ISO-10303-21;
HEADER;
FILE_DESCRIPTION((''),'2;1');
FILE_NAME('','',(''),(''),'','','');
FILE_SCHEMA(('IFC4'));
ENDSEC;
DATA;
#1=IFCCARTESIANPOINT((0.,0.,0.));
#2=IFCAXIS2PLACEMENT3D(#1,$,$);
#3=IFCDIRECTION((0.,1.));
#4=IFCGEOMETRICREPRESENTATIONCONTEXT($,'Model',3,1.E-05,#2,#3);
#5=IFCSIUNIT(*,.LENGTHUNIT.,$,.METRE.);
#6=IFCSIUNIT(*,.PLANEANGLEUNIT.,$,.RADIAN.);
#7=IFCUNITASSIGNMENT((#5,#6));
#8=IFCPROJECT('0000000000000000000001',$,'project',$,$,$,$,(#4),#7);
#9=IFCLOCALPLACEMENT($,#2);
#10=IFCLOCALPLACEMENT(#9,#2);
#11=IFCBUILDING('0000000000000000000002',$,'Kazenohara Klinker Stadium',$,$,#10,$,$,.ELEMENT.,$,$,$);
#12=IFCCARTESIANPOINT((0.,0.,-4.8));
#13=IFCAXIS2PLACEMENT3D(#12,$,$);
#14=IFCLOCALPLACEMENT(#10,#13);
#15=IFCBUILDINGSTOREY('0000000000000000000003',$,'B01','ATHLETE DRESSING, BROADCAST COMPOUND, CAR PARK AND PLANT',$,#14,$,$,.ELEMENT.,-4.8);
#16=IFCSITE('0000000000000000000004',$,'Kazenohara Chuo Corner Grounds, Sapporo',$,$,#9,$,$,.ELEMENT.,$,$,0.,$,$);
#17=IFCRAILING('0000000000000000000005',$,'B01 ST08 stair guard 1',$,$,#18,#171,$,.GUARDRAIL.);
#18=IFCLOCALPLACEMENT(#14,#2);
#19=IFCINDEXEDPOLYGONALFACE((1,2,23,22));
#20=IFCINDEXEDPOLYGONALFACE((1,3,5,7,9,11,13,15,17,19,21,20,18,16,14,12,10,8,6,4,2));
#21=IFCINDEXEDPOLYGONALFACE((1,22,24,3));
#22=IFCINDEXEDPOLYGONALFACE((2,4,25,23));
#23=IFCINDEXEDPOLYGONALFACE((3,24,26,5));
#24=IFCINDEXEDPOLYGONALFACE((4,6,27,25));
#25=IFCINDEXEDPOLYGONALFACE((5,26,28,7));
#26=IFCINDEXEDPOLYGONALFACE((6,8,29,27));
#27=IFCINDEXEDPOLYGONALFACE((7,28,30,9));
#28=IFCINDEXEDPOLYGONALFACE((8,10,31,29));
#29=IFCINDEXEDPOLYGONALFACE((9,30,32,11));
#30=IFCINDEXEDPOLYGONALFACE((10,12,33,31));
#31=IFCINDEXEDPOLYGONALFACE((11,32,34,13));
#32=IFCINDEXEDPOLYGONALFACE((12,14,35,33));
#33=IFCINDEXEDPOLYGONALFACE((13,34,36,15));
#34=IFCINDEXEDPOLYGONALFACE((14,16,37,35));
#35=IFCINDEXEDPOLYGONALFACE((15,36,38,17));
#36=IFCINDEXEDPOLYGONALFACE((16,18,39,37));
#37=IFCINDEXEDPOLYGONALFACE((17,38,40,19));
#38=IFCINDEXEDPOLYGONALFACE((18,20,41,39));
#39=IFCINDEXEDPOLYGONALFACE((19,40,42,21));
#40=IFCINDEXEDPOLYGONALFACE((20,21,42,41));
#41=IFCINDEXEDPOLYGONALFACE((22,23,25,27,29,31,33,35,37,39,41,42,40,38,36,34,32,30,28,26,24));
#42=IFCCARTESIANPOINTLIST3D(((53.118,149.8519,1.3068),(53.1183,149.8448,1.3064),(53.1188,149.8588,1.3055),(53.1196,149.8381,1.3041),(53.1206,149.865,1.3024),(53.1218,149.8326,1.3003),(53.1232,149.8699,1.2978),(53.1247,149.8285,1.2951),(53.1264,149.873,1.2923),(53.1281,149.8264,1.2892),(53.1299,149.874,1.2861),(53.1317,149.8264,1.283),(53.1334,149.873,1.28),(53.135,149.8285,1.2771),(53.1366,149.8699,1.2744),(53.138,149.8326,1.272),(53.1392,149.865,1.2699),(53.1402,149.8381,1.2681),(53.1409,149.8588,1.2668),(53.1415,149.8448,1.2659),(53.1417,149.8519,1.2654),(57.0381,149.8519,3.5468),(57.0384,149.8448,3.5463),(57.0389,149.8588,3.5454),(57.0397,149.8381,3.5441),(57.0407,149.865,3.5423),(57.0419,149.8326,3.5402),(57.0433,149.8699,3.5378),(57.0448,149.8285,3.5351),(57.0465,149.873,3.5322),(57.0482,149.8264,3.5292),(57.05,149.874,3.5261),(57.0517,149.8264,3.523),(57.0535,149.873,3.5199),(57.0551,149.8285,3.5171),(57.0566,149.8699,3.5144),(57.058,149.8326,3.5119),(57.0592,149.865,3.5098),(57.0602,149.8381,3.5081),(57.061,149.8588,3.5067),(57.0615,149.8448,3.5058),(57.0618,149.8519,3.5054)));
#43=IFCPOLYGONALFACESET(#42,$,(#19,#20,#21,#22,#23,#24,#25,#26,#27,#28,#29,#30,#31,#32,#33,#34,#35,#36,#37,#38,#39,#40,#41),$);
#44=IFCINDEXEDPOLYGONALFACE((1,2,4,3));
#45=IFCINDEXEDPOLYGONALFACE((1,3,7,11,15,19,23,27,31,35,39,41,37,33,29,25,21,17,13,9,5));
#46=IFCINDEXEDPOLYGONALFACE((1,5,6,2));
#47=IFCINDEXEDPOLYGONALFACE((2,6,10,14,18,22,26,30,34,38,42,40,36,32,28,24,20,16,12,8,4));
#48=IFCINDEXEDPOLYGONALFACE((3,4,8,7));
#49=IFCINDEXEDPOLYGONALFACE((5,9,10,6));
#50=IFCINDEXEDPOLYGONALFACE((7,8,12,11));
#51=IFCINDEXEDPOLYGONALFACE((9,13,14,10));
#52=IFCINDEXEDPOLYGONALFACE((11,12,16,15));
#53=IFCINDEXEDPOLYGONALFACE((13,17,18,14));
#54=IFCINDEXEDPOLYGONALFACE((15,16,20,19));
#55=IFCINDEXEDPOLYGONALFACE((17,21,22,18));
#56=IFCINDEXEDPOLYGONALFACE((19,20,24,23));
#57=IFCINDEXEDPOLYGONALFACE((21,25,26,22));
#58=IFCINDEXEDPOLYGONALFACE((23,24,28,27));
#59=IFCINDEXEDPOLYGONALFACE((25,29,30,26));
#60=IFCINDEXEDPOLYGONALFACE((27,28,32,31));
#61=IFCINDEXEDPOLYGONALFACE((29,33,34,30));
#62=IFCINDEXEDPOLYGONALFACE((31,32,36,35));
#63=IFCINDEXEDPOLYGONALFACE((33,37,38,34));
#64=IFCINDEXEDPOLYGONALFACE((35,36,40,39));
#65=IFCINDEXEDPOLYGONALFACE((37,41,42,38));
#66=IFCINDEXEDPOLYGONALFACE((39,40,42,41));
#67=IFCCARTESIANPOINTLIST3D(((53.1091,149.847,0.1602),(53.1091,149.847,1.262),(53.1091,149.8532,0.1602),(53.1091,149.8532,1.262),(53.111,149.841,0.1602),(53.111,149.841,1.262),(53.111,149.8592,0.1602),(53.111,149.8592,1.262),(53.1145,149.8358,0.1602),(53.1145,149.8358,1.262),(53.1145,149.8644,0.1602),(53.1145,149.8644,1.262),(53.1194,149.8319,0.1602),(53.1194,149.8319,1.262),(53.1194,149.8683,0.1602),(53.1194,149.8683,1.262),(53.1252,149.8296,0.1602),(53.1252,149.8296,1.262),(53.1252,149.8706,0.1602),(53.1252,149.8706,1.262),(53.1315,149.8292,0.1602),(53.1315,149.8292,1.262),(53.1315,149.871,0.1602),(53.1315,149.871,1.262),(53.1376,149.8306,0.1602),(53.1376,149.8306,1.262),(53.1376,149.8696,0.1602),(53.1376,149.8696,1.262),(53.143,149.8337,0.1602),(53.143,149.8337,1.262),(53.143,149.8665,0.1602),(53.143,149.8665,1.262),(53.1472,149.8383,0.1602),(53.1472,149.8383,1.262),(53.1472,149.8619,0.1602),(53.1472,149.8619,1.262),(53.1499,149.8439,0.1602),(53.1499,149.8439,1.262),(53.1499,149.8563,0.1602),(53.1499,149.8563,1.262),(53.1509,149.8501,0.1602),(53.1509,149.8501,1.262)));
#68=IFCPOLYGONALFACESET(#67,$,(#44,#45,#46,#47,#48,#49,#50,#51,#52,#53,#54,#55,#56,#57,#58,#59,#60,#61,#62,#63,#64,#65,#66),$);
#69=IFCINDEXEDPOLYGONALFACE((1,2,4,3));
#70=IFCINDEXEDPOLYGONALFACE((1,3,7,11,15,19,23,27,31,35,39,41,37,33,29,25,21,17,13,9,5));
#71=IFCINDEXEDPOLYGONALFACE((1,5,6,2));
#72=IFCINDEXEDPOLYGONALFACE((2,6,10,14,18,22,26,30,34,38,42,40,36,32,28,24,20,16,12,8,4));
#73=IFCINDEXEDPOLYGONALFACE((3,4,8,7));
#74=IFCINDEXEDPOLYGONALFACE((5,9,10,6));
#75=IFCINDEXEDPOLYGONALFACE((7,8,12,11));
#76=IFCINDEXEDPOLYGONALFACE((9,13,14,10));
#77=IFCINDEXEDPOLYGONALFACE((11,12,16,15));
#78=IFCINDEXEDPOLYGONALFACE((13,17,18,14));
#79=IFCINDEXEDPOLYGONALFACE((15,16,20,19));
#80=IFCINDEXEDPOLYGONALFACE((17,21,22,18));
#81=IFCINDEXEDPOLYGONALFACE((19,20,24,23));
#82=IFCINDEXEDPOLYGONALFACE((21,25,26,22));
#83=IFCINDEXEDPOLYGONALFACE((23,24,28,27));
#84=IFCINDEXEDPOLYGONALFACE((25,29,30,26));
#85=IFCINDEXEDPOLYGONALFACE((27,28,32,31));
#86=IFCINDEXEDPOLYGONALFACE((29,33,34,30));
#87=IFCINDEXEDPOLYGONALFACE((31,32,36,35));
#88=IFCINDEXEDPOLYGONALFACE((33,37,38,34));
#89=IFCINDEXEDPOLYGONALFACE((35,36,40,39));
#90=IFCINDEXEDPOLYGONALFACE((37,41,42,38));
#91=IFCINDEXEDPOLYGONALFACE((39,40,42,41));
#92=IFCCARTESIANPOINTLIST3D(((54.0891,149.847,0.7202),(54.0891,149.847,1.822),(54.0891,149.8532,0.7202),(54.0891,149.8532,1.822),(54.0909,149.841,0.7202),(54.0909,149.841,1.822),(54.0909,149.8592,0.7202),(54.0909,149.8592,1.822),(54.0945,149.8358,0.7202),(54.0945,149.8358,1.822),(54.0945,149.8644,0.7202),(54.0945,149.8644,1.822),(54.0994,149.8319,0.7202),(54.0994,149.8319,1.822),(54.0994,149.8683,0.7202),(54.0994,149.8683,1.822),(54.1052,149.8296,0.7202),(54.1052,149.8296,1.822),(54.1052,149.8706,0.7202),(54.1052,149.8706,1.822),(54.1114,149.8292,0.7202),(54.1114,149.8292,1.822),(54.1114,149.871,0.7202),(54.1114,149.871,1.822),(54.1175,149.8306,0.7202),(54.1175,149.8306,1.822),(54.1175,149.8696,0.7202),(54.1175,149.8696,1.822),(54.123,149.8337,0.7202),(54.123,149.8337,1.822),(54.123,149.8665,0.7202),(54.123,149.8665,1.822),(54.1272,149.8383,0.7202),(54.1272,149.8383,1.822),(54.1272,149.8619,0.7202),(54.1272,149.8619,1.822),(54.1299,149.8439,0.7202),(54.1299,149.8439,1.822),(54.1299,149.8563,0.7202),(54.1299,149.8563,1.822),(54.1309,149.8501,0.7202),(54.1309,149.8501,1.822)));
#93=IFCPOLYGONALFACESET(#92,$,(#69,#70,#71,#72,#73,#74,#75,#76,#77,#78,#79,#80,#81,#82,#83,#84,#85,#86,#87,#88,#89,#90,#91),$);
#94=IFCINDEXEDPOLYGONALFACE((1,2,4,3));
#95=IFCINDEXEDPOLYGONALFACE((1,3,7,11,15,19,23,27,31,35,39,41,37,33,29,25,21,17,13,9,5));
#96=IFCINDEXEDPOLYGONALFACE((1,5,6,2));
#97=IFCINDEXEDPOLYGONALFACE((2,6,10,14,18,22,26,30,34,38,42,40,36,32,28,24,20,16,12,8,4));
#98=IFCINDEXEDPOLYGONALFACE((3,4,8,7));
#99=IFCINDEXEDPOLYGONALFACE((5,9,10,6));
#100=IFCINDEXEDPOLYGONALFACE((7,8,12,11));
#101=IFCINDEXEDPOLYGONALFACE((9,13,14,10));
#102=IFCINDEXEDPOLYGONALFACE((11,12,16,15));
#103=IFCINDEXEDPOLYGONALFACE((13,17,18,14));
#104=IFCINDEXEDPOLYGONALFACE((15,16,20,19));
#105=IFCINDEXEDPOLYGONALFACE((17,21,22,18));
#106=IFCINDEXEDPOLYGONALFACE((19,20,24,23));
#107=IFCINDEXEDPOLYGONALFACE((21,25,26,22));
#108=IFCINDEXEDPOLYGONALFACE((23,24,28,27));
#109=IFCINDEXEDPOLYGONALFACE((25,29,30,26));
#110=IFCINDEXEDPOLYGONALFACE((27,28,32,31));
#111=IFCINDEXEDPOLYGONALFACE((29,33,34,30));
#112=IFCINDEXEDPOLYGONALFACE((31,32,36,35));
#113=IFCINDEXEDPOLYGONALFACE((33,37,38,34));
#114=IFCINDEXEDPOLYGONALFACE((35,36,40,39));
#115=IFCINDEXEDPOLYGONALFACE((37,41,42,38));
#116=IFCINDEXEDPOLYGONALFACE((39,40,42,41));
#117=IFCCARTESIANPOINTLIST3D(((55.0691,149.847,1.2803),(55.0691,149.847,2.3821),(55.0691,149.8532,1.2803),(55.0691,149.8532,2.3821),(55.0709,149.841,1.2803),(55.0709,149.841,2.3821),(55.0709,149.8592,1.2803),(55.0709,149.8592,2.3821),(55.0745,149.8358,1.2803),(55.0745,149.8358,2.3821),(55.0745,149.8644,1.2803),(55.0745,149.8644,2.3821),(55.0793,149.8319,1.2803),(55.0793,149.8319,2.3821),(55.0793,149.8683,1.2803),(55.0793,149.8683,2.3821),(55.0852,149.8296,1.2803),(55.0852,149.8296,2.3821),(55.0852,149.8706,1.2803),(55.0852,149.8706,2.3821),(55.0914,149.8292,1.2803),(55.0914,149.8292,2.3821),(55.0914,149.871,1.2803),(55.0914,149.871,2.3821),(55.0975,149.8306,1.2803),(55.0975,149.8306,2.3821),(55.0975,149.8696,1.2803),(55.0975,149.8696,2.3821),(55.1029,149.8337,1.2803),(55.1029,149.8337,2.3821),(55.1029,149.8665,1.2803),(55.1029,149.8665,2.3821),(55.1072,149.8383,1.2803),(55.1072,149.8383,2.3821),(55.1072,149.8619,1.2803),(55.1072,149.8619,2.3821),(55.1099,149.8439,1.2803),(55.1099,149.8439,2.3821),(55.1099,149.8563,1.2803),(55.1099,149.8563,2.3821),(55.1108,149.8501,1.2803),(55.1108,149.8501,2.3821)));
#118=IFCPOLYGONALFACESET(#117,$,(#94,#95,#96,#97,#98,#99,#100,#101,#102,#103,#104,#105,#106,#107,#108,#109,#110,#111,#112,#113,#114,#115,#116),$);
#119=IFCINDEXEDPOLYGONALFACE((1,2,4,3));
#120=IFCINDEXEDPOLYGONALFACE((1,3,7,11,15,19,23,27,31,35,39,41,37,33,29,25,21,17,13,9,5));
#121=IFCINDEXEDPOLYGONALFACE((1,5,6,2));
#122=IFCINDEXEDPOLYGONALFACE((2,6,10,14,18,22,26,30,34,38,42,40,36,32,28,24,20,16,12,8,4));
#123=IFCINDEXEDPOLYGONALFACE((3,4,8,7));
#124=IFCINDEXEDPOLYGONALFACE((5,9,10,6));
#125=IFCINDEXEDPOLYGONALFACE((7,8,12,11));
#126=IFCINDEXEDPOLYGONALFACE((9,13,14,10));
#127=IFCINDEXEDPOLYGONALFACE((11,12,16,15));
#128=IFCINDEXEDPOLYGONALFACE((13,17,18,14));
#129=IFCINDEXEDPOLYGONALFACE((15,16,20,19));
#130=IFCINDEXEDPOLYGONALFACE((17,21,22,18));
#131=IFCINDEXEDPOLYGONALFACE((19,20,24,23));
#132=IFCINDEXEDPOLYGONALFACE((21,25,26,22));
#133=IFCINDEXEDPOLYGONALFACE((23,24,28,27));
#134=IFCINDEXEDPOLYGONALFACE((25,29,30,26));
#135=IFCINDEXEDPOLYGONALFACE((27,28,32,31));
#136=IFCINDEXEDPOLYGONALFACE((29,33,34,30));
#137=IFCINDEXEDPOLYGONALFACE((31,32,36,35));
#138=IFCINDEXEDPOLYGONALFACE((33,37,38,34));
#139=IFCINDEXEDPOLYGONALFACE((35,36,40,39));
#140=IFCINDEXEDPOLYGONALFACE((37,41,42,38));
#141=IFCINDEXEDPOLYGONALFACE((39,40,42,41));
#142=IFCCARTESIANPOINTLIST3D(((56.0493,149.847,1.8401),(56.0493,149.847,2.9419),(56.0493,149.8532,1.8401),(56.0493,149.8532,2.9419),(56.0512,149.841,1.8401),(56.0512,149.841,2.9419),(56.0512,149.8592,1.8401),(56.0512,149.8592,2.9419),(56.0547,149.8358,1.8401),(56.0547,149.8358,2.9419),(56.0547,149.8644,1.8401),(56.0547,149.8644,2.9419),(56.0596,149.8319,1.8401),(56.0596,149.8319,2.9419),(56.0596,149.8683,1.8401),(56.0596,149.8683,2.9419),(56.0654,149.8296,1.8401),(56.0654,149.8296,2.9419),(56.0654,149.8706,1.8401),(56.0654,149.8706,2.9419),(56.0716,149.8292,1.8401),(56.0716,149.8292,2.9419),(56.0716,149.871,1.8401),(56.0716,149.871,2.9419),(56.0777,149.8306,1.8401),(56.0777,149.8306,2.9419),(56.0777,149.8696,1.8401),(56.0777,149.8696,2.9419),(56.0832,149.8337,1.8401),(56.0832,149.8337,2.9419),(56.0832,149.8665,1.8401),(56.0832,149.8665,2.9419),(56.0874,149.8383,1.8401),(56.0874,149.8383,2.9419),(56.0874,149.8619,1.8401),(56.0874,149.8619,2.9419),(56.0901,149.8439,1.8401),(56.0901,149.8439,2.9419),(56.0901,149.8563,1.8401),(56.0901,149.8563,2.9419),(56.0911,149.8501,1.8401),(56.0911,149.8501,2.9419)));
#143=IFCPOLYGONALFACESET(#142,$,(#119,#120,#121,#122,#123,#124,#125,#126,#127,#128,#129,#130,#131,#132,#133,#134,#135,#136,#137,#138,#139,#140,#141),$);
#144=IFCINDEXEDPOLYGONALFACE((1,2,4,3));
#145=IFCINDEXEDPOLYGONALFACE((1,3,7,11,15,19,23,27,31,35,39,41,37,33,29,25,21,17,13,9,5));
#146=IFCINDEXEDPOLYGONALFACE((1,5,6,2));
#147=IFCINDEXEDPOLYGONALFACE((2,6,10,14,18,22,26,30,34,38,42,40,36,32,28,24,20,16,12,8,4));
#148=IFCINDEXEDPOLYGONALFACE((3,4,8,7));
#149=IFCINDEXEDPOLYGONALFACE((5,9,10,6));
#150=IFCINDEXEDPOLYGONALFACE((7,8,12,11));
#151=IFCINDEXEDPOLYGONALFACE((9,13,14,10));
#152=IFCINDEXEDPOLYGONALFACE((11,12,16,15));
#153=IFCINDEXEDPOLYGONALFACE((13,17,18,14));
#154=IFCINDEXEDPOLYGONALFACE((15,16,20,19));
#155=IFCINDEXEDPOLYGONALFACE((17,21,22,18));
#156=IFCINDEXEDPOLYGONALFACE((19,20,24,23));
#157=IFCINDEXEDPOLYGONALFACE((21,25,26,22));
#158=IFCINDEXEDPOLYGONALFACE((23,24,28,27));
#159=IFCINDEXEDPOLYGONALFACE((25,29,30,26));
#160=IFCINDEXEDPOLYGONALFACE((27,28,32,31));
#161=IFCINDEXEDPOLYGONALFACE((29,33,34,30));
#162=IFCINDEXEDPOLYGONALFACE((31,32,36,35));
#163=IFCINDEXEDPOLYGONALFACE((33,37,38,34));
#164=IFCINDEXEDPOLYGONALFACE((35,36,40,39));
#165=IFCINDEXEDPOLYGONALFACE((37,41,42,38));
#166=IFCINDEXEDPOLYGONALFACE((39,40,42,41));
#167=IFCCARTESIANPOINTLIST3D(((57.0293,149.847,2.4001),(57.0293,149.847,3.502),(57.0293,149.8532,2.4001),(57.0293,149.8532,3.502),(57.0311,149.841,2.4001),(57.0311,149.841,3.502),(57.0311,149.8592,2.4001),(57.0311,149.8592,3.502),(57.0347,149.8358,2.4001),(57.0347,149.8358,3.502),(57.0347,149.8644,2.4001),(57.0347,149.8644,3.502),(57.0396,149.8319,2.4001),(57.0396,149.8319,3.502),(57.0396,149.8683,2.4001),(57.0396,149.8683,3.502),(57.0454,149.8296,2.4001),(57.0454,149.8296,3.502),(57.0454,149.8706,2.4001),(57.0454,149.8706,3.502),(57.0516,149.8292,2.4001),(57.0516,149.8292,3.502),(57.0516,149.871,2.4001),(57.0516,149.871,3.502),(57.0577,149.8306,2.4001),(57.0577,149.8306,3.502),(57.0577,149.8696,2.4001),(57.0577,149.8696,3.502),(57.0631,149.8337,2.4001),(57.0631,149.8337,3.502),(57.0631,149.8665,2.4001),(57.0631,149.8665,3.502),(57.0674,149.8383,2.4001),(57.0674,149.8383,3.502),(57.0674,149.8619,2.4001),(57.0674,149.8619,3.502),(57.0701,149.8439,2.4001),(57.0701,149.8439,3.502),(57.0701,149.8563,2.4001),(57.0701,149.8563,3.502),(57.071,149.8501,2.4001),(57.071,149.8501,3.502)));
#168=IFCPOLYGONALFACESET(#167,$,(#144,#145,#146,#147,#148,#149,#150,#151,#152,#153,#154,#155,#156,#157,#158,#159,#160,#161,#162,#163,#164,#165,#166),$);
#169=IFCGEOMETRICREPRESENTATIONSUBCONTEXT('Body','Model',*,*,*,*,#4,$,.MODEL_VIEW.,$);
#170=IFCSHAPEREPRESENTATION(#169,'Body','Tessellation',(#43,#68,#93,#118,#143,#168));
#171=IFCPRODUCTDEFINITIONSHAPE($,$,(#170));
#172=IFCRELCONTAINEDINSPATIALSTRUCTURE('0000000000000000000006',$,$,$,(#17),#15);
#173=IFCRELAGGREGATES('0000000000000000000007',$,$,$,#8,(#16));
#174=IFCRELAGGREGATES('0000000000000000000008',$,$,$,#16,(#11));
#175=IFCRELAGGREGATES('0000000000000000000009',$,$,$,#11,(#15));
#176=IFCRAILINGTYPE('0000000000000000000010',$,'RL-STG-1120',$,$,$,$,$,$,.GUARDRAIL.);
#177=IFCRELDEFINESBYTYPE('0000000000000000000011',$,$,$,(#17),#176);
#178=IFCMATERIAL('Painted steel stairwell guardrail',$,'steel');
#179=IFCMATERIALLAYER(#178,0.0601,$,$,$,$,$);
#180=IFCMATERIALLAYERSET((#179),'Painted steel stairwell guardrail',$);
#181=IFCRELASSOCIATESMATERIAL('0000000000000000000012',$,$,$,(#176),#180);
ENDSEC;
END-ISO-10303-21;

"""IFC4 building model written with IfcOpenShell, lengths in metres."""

from ifc_helpers import new_model, si_unit, direction, frame, origin, origin_2d, place, context, subcontext, project, spatial, circle, extrude, material, layer, layer_set, type_object, element, save


model = new_model("IFC4")

# Units and contexts
model_context = context("Model", 3, precision=1e-05, world=origin(), true_north=direction((0.0, 1.0)))
body_context = subcontext(model_context, "Body", "Model", "MODEL_VIEW")
ifc_project = project(units=[si_unit("LENGTHUNIT", "METRE"), si_unit("PLANEANGLEUNIT", "RADIAN")], contexts=[model_context])

# Site, building, storey
site_placement = place(None, origin())
site = spatial("IfcSite", under=ifc_project, at=site_placement, Name="Kazenohara Chuo Corner Grounds, Sapporo", CompositionType="ELEMENT", RefElevation=0.0)
building_placement = place(site_placement, origin())
building = spatial("IfcBuilding", under=site, at=building_placement, Name="Kazenohara Klinker Stadium", CompositionType="ELEMENT")
storey_placement = place(building_placement, frame((0.0, 0.0, -4.8)))
storey = spatial("IfcBuildingStorey", under=building, at=storey_placement, Name="B01", Description="ATHLETE DRESSING, BROADCAST COMPOUND, CAR PARK AND PLANT", CompositionType="ELEMENT", Elevation=-4.8)

# Railing
ifc_material_1 = material(Name="Painted steel stairwell guardrail", Category="steel")
ifc_layer_1 = layer(ifc_material_1, 0.0601)
ifc_layer_set_1 = layer_set([ifc_layer_1], Name="Painted steel stairwell guardrail")
railing_type_1 = type_object("IfcRailingType", Name="RL-STG-1120", PredefinedType="GUARDRAIL", material=ifc_layer_set_1)
railing_1_placement = place(storey_placement, frame((53.1299, 149.8501, 0.1602)))
element("IfcRailing", 1, at=railing_1_placement, inside=storey, type_object=railing_type_1, Name="B01 ST08 stair guard 1", PredefinedType="GUARDRAIL", context=body_context, shape_type="SweptSolid", body=[
    extrude(circle(Radius=0.0239, at=origin_2d()), frame((0.0, 0.0, 1.126), z_axis=(0.868253, 0.0, 0.496121), x_axis=(0.0, 1.0, 0.0)), (0.0, 0.0, 1.0), 4.5149),
    extrude(circle(Radius=0.021, at=origin_2d()), origin(), (0.0, 0.0, 1.0), 1.1018),
    extrude(circle(Radius=0.021, at=origin_2d()), frame((0.98, 0.0, 0.5601)), (0.0, 0.0, 1.0), 1.1018),
    extrude(circle(Radius=0.021, at=origin_2d()), frame((1.96, 0.0, 1.1201)), (0.0, 0.0, 1.0), 1.1018),
    extrude(circle(Radius=0.021, at=origin_2d()), frame((2.9402, 0.0, 1.6799)), (0.0, 0.0, 1.0), 1.1018),
    extrude(circle(Radius=0.021, at=origin_2d()), frame((3.9202, 0.0, 2.24)), (0.0, 0.0, 1.0), 1.1018),
])

save(model, "model.ifc")
